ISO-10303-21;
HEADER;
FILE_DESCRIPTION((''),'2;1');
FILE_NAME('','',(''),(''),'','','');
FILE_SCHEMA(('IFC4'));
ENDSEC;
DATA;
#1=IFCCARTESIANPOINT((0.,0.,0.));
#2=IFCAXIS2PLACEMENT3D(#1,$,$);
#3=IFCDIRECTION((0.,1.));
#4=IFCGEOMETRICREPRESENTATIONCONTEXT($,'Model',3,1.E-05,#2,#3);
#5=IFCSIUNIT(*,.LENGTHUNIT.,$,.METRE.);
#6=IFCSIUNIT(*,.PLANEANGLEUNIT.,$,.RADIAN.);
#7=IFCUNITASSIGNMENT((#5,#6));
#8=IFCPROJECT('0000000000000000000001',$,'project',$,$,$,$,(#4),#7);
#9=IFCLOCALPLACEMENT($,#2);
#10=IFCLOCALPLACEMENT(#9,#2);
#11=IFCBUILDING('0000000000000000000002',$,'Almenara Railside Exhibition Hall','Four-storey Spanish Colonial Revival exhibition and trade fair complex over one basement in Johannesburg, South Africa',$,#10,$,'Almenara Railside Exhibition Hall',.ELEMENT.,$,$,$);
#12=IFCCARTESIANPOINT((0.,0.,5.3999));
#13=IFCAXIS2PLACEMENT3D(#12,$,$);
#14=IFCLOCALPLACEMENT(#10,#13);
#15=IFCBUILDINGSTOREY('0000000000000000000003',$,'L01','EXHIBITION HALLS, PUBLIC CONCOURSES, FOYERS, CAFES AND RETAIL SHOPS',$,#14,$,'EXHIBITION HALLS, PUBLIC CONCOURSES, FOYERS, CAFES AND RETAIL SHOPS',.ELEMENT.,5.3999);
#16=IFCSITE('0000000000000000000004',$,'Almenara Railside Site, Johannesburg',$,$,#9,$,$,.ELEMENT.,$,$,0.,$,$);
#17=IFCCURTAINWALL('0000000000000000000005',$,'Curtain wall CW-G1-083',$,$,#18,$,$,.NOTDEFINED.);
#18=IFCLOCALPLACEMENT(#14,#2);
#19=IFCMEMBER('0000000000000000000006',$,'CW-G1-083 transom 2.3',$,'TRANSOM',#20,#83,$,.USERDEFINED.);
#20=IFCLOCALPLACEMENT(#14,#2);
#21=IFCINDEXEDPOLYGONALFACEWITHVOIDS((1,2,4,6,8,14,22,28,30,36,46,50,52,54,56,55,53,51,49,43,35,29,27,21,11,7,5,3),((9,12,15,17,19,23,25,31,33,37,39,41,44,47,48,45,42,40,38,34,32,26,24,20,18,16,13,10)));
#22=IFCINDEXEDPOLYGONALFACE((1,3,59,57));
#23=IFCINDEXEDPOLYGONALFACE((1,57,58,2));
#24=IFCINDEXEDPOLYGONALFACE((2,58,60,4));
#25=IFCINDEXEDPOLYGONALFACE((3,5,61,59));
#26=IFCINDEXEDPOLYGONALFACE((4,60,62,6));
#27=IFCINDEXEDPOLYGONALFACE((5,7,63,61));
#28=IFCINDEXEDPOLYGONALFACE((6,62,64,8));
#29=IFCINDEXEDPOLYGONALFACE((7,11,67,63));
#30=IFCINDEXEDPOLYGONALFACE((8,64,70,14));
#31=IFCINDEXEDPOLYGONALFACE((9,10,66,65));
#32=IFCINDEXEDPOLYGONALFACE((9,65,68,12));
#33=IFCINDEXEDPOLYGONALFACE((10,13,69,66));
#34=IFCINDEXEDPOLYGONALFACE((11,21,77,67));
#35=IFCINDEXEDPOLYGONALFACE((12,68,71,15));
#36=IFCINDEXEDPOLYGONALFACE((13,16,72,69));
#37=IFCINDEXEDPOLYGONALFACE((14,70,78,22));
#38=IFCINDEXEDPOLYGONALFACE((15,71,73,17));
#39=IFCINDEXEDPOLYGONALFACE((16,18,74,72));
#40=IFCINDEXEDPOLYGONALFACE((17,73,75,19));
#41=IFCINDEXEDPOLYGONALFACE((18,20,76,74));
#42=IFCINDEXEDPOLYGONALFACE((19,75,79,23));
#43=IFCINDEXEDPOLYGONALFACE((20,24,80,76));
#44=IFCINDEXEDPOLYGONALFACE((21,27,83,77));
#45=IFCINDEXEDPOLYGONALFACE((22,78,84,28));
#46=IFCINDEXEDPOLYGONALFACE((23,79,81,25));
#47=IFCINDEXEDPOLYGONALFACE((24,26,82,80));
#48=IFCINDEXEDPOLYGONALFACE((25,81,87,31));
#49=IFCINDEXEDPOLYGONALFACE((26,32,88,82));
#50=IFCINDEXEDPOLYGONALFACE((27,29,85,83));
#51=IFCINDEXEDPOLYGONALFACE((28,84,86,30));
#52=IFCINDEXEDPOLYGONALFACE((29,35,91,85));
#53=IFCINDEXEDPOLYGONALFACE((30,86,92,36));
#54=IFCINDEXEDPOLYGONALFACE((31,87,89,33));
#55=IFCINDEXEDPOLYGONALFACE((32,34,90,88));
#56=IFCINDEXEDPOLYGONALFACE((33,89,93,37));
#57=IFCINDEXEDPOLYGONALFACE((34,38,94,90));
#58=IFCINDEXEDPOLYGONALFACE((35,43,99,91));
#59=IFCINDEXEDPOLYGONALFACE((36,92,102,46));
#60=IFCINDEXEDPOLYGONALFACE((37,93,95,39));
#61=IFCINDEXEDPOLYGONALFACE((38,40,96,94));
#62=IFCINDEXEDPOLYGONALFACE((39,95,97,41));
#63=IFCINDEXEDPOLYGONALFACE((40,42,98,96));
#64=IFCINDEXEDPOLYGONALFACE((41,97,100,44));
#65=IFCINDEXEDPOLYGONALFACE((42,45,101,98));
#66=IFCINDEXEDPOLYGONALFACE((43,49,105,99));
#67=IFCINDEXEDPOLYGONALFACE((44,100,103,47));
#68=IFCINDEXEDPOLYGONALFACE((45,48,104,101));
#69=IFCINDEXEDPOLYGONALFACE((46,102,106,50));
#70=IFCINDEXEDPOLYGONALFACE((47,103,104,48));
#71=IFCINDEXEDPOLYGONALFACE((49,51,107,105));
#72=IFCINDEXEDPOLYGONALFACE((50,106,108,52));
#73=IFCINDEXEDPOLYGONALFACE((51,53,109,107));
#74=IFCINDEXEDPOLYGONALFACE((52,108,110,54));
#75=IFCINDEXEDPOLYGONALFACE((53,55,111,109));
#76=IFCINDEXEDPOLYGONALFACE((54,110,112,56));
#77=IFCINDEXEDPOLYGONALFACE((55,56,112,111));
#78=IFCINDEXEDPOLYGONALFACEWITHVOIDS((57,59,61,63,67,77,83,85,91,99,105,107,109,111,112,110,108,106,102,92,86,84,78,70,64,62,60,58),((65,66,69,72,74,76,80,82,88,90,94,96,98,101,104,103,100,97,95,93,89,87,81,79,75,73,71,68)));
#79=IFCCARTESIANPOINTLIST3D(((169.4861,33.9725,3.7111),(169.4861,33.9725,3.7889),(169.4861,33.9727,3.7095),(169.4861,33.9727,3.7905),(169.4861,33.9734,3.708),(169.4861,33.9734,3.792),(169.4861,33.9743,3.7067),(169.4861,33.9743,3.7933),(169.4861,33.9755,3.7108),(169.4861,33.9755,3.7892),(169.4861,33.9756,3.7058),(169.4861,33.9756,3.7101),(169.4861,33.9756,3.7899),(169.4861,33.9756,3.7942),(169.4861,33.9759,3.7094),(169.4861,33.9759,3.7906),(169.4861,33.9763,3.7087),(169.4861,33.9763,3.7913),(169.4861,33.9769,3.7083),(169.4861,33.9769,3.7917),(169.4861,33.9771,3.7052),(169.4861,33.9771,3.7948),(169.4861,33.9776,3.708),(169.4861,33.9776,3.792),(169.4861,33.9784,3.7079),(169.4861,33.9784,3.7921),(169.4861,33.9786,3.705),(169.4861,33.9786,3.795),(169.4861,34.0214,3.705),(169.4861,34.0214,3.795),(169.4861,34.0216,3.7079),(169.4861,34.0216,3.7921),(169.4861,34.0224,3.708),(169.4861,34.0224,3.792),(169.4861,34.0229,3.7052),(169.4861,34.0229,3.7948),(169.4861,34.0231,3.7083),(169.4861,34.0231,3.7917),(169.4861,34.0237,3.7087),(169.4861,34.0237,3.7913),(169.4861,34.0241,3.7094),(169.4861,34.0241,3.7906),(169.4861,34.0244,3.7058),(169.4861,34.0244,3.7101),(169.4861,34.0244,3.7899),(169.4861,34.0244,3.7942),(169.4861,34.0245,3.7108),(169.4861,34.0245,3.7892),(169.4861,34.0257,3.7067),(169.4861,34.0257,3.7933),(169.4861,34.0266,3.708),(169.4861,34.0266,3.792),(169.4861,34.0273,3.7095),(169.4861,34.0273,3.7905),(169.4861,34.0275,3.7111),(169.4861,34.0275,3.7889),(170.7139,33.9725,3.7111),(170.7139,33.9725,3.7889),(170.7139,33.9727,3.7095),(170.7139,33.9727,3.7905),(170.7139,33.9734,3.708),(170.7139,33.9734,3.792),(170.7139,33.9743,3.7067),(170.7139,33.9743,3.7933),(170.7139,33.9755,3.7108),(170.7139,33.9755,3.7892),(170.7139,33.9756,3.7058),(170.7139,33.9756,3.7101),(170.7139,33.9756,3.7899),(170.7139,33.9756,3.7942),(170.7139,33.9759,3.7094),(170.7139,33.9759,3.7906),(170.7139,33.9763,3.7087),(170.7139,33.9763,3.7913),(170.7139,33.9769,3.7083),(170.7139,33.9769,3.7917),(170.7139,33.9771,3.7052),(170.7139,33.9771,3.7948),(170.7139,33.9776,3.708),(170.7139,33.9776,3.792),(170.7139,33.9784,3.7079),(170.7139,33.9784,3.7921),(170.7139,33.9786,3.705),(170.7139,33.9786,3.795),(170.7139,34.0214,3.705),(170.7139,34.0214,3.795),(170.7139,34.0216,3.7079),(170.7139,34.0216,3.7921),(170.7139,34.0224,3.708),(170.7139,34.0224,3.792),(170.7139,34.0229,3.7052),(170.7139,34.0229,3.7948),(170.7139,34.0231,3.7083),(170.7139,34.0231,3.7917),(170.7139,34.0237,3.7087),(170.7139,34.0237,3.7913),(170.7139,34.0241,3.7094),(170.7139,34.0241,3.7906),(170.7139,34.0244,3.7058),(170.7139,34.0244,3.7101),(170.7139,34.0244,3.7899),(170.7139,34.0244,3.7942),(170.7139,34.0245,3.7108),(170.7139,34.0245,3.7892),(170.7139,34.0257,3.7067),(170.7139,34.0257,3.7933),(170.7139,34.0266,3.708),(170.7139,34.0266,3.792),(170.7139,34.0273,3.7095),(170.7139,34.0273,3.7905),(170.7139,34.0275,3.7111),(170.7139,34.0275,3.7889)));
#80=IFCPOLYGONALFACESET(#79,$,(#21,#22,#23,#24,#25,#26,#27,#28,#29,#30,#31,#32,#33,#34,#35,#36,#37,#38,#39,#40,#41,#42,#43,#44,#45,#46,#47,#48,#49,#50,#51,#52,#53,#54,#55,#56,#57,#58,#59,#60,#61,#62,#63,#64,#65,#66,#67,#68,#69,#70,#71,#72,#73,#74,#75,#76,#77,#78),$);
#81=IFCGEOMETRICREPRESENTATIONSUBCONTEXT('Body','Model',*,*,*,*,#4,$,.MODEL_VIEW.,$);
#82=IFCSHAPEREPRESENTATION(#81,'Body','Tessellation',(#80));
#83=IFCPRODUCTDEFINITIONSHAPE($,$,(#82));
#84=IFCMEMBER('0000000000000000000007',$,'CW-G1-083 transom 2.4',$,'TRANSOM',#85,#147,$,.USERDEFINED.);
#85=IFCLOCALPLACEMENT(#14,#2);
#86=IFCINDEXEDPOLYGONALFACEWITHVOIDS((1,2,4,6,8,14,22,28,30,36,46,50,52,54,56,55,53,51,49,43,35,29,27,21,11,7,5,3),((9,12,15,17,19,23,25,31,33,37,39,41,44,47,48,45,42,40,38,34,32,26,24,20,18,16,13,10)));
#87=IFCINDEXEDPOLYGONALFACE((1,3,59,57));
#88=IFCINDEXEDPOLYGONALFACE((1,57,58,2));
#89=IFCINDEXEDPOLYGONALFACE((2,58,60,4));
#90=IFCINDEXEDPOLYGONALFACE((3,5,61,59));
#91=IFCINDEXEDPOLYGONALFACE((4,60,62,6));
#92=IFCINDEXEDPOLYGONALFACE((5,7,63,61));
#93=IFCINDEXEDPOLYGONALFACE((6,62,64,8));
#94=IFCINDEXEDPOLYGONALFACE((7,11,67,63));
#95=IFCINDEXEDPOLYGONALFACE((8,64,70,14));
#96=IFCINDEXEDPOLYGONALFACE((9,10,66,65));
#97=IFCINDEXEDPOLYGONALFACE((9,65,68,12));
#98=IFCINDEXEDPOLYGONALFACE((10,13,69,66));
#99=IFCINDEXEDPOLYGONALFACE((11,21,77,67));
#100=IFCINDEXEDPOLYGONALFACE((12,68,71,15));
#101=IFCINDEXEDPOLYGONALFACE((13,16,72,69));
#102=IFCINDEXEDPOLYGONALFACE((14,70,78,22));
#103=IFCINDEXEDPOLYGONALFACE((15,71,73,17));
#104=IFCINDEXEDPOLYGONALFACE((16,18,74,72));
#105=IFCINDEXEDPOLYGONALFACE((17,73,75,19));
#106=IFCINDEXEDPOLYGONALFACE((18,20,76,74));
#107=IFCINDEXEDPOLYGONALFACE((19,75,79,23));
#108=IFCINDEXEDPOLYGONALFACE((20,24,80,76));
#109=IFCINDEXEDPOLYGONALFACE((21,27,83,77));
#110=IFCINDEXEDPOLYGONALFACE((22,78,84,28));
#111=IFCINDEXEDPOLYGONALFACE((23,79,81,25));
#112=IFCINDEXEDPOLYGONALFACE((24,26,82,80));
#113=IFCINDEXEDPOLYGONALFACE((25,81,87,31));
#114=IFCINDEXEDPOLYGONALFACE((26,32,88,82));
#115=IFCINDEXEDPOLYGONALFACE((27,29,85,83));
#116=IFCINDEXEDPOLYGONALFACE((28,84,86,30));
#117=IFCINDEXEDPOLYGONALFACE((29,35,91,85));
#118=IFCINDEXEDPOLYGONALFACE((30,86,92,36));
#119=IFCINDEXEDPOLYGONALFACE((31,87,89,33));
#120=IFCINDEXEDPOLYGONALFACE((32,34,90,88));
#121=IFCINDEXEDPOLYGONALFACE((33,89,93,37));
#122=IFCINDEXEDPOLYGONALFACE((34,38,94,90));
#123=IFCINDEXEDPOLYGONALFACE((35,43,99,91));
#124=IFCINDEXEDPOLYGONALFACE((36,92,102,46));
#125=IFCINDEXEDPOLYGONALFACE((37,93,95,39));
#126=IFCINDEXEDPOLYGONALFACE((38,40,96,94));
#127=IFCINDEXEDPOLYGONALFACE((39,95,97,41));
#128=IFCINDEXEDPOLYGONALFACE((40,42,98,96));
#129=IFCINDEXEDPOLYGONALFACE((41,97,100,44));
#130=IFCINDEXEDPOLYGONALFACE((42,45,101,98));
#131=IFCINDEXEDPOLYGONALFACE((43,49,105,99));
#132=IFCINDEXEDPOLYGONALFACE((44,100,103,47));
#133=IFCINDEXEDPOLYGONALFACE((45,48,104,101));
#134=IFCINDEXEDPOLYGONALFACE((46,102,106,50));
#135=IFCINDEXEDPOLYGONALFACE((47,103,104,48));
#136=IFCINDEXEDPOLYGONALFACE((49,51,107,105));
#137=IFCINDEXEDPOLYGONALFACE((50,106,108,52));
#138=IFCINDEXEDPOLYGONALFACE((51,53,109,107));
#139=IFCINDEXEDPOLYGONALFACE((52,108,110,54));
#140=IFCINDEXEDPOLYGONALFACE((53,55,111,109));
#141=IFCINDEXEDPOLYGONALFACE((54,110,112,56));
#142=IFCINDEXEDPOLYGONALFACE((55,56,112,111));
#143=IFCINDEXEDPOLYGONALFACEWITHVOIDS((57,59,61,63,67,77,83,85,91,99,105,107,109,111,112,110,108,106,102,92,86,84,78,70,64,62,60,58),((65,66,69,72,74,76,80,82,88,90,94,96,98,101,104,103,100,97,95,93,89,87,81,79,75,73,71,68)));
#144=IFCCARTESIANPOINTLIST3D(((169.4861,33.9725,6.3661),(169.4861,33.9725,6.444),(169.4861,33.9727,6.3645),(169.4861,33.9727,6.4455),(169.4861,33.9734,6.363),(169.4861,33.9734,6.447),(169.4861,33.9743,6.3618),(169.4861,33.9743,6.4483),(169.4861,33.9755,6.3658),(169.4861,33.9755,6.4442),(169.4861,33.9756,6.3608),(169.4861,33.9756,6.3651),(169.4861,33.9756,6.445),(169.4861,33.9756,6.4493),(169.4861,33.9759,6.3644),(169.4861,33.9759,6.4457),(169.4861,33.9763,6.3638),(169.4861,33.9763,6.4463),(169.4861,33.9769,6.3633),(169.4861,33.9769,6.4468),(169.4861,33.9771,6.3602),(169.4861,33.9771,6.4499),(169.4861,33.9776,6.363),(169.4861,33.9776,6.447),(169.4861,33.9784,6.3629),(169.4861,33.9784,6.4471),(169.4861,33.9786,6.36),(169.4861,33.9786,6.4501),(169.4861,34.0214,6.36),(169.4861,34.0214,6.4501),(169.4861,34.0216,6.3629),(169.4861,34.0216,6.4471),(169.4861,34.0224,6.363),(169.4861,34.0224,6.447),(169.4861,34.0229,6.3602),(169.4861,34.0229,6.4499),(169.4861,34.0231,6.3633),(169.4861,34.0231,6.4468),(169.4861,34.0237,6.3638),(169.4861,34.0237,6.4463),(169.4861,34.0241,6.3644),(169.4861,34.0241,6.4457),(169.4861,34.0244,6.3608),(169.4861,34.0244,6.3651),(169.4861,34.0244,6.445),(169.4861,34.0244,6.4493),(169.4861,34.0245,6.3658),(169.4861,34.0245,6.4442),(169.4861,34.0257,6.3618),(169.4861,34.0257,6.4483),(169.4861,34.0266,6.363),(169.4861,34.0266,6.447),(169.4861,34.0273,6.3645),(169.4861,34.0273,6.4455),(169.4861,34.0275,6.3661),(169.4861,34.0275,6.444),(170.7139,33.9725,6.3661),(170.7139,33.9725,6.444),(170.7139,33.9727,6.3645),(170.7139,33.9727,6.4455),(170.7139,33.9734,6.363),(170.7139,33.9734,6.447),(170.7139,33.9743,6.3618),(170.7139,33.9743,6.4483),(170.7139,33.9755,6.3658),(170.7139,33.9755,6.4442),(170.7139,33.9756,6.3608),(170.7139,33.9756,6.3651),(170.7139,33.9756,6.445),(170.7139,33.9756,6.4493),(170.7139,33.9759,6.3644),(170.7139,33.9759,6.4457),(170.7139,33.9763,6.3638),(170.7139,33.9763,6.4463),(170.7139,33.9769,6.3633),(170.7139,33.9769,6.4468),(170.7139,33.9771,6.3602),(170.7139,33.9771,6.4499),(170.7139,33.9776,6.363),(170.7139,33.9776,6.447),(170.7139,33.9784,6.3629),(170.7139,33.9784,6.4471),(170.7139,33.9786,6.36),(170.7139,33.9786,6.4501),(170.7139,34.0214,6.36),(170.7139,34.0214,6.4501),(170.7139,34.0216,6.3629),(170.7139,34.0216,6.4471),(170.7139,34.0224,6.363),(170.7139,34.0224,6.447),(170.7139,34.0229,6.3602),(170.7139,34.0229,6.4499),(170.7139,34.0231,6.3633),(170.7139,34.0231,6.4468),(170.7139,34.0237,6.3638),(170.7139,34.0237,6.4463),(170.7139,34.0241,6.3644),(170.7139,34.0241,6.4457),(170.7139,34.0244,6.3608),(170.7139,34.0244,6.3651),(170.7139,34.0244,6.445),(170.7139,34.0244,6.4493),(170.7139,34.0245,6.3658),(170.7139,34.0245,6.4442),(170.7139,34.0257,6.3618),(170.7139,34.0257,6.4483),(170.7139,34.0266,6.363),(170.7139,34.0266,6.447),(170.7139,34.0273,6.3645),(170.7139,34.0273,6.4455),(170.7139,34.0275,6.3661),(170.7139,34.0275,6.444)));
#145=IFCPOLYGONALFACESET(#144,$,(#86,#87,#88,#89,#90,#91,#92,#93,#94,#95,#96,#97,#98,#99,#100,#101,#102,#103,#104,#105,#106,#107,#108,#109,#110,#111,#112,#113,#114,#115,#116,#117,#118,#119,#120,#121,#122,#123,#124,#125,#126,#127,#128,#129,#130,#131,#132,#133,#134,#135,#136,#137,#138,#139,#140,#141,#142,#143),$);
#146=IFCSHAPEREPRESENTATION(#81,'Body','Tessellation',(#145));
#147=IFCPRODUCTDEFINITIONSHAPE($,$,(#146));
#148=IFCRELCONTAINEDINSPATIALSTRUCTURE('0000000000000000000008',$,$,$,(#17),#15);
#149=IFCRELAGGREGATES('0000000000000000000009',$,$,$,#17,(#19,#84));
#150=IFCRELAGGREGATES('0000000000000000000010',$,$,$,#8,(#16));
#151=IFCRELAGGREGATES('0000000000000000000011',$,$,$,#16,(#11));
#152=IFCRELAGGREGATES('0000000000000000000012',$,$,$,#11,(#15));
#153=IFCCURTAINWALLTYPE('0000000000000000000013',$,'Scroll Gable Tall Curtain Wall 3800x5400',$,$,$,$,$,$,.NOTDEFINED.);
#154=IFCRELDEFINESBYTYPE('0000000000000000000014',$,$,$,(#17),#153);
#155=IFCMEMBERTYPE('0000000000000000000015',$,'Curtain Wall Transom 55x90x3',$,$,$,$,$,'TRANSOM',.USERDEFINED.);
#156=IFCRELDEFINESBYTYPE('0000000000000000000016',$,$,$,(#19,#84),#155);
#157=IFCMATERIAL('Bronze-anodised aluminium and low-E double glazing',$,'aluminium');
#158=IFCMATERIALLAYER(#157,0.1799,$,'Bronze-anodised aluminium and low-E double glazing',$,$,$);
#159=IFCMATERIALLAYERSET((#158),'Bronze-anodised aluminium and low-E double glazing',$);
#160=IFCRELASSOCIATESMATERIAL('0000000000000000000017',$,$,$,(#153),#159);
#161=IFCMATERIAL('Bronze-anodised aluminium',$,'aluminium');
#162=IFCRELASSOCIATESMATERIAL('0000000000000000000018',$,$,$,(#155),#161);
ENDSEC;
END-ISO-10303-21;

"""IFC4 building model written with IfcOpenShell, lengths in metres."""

from ifc_helpers import new_model, si_unit, direction, frame, origin, origin_2d, place, context, subcontext, project, spatial, hollow_rectangle, extrude, material, layer, layer_set, material_profile, profile_set, type_object, element, aggregate, save


model = new_model("IFC4")

# Units and contexts
model_context = context("Model", 3, precision=1e-05, world=origin(), true_north=direction((0.0, 1.0)))
body_context = subcontext(model_context, "Body", "Model", "MODEL_VIEW")
ifc_project = project(units=[si_unit("LENGTHUNIT", "METRE"), si_unit("PLANEANGLEUNIT", "RADIAN")], contexts=[model_context])

# Site, building, storey
site_placement = place(None, origin())
site = spatial("IfcSite", under=ifc_project, at=site_placement, Name="Almenara Railside Site, Johannesburg", CompositionType="ELEMENT", RefElevation=0.0)
building_placement = place(site_placement, origin())
building = spatial("IfcBuilding", under=site, at=building_placement, Name="Almenara Railside Exhibition Hall", Description="Four-storey Spanish Colonial Revival exhibition and trade fair complex over one basement in Johannesburg, South Africa", LongName="Almenara Railside Exhibition Hall", CompositionType="ELEMENT")
storey_placement = place(building_placement, frame((0.0, 0.0, 5.3999)))
storey = spatial("IfcBuildingStorey", under=building, at=storey_placement, Name="L01", Description="EXHIBITION HALLS, PUBLIC CONCOURSES, FOYERS, CAFES AND RETAIL SHOPS", LongName="EXHIBITION HALLS, PUBLIC CONCOURSES, FOYERS, CAFES AND RETAIL SHOPS", CompositionType="ELEMENT", Elevation=5.3999)

# Curtain wall, members
ifc_material_1 = material(Name="Bronze-anodised aluminium and low-E double glazing", Category="aluminium")
ifc_layer_1 = layer(ifc_material_1, 0.1799, Name="Bronze-anodised aluminium and low-E double glazing")
ifc_layer_set_1 = layer_set([ifc_layer_1], Name="Bronze-anodised aluminium and low-E double glazing")
curtain_wall_type = type_object("IfcCurtainWallType", Name="Scroll Gable Tall Curtain Wall 3800x5400", PredefinedType="NOTDEFINED", material=ifc_layer_set_1)
curtain_wall_placement = place(storey_placement, origin())
curtain_wall = element("IfcCurtainWall", 1, at=curtain_wall_placement, inside=storey, type_object=curtain_wall_type, Name="Curtain wall CW-G1-083", PredefinedType="NOTDEFINED")
ifc_material_2 = material(Name="Bronze-anodised aluminium", Category="aluminium")
ifc_material_profile_1 = material_profile(ifc_material_2, hollow_rectangle(XDim=0.0549, YDim=0.0901, WallThickness=0.0029, InnerFilletRadius=0.0029, OuterFilletRadius=0.0061, at=origin_2d()), Name="ALU-TRN 55x90x3")
ifc_profile_set_1 = profile_set([ifc_material_profile_1], Name="Bronze-anodised aluminium")
member_type_1 = type_object("IfcMemberType", Name="Curtain Wall Transom 55x90x3", ElementType="TRANSOM", PredefinedType="USERDEFINED", material=ifc_profile_set_1)
member_1_placement = place(storey_placement, frame((169.4861, 34.0, 3.75), z_axis=(1.0, 0.0, 0.0), x_axis=(0.0, 1.0, 0.0)))
member_1 = element("IfcMember", 2, at=member_1_placement, type_object=member_type_1, Name="CW-G1-083 transom 2.3", ObjectType="TRANSOM", PredefinedType="USERDEFINED", context=body_context, shape_type="SweptSolid", body=[
    extrude(hollow_rectangle(XDim=0.0549, YDim=0.0901, WallThickness=0.0029, InnerFilletRadius=0.0029, OuterFilletRadius=0.0061, at=origin_2d()), origin(), (0.0, 0.0, 1.0), 1.2278),
])
member_2_placement = place(storey_placement, frame((169.4861, 34.0, 6.405), z_axis=(1.0, 0.0, 0.0), x_axis=(0.0, 1.0, 0.0)))
member_2 = element("IfcMember", 3, at=member_2_placement, type_object=member_type_1, Name="CW-G1-083 transom 2.4", ObjectType="TRANSOM", PredefinedType="USERDEFINED", context=body_context, shape_type="SweptSolid", body=[
    extrude(hollow_rectangle(XDim=0.0549, YDim=0.0901, WallThickness=0.0029, InnerFilletRadius=0.0029, OuterFilletRadius=0.0061, at=origin_2d()), origin(), (0.0, 0.0, 1.0), 1.2278),
])
aggregate(curtain_wall, [member_1, member_2])

save(model, "model.ifc")
